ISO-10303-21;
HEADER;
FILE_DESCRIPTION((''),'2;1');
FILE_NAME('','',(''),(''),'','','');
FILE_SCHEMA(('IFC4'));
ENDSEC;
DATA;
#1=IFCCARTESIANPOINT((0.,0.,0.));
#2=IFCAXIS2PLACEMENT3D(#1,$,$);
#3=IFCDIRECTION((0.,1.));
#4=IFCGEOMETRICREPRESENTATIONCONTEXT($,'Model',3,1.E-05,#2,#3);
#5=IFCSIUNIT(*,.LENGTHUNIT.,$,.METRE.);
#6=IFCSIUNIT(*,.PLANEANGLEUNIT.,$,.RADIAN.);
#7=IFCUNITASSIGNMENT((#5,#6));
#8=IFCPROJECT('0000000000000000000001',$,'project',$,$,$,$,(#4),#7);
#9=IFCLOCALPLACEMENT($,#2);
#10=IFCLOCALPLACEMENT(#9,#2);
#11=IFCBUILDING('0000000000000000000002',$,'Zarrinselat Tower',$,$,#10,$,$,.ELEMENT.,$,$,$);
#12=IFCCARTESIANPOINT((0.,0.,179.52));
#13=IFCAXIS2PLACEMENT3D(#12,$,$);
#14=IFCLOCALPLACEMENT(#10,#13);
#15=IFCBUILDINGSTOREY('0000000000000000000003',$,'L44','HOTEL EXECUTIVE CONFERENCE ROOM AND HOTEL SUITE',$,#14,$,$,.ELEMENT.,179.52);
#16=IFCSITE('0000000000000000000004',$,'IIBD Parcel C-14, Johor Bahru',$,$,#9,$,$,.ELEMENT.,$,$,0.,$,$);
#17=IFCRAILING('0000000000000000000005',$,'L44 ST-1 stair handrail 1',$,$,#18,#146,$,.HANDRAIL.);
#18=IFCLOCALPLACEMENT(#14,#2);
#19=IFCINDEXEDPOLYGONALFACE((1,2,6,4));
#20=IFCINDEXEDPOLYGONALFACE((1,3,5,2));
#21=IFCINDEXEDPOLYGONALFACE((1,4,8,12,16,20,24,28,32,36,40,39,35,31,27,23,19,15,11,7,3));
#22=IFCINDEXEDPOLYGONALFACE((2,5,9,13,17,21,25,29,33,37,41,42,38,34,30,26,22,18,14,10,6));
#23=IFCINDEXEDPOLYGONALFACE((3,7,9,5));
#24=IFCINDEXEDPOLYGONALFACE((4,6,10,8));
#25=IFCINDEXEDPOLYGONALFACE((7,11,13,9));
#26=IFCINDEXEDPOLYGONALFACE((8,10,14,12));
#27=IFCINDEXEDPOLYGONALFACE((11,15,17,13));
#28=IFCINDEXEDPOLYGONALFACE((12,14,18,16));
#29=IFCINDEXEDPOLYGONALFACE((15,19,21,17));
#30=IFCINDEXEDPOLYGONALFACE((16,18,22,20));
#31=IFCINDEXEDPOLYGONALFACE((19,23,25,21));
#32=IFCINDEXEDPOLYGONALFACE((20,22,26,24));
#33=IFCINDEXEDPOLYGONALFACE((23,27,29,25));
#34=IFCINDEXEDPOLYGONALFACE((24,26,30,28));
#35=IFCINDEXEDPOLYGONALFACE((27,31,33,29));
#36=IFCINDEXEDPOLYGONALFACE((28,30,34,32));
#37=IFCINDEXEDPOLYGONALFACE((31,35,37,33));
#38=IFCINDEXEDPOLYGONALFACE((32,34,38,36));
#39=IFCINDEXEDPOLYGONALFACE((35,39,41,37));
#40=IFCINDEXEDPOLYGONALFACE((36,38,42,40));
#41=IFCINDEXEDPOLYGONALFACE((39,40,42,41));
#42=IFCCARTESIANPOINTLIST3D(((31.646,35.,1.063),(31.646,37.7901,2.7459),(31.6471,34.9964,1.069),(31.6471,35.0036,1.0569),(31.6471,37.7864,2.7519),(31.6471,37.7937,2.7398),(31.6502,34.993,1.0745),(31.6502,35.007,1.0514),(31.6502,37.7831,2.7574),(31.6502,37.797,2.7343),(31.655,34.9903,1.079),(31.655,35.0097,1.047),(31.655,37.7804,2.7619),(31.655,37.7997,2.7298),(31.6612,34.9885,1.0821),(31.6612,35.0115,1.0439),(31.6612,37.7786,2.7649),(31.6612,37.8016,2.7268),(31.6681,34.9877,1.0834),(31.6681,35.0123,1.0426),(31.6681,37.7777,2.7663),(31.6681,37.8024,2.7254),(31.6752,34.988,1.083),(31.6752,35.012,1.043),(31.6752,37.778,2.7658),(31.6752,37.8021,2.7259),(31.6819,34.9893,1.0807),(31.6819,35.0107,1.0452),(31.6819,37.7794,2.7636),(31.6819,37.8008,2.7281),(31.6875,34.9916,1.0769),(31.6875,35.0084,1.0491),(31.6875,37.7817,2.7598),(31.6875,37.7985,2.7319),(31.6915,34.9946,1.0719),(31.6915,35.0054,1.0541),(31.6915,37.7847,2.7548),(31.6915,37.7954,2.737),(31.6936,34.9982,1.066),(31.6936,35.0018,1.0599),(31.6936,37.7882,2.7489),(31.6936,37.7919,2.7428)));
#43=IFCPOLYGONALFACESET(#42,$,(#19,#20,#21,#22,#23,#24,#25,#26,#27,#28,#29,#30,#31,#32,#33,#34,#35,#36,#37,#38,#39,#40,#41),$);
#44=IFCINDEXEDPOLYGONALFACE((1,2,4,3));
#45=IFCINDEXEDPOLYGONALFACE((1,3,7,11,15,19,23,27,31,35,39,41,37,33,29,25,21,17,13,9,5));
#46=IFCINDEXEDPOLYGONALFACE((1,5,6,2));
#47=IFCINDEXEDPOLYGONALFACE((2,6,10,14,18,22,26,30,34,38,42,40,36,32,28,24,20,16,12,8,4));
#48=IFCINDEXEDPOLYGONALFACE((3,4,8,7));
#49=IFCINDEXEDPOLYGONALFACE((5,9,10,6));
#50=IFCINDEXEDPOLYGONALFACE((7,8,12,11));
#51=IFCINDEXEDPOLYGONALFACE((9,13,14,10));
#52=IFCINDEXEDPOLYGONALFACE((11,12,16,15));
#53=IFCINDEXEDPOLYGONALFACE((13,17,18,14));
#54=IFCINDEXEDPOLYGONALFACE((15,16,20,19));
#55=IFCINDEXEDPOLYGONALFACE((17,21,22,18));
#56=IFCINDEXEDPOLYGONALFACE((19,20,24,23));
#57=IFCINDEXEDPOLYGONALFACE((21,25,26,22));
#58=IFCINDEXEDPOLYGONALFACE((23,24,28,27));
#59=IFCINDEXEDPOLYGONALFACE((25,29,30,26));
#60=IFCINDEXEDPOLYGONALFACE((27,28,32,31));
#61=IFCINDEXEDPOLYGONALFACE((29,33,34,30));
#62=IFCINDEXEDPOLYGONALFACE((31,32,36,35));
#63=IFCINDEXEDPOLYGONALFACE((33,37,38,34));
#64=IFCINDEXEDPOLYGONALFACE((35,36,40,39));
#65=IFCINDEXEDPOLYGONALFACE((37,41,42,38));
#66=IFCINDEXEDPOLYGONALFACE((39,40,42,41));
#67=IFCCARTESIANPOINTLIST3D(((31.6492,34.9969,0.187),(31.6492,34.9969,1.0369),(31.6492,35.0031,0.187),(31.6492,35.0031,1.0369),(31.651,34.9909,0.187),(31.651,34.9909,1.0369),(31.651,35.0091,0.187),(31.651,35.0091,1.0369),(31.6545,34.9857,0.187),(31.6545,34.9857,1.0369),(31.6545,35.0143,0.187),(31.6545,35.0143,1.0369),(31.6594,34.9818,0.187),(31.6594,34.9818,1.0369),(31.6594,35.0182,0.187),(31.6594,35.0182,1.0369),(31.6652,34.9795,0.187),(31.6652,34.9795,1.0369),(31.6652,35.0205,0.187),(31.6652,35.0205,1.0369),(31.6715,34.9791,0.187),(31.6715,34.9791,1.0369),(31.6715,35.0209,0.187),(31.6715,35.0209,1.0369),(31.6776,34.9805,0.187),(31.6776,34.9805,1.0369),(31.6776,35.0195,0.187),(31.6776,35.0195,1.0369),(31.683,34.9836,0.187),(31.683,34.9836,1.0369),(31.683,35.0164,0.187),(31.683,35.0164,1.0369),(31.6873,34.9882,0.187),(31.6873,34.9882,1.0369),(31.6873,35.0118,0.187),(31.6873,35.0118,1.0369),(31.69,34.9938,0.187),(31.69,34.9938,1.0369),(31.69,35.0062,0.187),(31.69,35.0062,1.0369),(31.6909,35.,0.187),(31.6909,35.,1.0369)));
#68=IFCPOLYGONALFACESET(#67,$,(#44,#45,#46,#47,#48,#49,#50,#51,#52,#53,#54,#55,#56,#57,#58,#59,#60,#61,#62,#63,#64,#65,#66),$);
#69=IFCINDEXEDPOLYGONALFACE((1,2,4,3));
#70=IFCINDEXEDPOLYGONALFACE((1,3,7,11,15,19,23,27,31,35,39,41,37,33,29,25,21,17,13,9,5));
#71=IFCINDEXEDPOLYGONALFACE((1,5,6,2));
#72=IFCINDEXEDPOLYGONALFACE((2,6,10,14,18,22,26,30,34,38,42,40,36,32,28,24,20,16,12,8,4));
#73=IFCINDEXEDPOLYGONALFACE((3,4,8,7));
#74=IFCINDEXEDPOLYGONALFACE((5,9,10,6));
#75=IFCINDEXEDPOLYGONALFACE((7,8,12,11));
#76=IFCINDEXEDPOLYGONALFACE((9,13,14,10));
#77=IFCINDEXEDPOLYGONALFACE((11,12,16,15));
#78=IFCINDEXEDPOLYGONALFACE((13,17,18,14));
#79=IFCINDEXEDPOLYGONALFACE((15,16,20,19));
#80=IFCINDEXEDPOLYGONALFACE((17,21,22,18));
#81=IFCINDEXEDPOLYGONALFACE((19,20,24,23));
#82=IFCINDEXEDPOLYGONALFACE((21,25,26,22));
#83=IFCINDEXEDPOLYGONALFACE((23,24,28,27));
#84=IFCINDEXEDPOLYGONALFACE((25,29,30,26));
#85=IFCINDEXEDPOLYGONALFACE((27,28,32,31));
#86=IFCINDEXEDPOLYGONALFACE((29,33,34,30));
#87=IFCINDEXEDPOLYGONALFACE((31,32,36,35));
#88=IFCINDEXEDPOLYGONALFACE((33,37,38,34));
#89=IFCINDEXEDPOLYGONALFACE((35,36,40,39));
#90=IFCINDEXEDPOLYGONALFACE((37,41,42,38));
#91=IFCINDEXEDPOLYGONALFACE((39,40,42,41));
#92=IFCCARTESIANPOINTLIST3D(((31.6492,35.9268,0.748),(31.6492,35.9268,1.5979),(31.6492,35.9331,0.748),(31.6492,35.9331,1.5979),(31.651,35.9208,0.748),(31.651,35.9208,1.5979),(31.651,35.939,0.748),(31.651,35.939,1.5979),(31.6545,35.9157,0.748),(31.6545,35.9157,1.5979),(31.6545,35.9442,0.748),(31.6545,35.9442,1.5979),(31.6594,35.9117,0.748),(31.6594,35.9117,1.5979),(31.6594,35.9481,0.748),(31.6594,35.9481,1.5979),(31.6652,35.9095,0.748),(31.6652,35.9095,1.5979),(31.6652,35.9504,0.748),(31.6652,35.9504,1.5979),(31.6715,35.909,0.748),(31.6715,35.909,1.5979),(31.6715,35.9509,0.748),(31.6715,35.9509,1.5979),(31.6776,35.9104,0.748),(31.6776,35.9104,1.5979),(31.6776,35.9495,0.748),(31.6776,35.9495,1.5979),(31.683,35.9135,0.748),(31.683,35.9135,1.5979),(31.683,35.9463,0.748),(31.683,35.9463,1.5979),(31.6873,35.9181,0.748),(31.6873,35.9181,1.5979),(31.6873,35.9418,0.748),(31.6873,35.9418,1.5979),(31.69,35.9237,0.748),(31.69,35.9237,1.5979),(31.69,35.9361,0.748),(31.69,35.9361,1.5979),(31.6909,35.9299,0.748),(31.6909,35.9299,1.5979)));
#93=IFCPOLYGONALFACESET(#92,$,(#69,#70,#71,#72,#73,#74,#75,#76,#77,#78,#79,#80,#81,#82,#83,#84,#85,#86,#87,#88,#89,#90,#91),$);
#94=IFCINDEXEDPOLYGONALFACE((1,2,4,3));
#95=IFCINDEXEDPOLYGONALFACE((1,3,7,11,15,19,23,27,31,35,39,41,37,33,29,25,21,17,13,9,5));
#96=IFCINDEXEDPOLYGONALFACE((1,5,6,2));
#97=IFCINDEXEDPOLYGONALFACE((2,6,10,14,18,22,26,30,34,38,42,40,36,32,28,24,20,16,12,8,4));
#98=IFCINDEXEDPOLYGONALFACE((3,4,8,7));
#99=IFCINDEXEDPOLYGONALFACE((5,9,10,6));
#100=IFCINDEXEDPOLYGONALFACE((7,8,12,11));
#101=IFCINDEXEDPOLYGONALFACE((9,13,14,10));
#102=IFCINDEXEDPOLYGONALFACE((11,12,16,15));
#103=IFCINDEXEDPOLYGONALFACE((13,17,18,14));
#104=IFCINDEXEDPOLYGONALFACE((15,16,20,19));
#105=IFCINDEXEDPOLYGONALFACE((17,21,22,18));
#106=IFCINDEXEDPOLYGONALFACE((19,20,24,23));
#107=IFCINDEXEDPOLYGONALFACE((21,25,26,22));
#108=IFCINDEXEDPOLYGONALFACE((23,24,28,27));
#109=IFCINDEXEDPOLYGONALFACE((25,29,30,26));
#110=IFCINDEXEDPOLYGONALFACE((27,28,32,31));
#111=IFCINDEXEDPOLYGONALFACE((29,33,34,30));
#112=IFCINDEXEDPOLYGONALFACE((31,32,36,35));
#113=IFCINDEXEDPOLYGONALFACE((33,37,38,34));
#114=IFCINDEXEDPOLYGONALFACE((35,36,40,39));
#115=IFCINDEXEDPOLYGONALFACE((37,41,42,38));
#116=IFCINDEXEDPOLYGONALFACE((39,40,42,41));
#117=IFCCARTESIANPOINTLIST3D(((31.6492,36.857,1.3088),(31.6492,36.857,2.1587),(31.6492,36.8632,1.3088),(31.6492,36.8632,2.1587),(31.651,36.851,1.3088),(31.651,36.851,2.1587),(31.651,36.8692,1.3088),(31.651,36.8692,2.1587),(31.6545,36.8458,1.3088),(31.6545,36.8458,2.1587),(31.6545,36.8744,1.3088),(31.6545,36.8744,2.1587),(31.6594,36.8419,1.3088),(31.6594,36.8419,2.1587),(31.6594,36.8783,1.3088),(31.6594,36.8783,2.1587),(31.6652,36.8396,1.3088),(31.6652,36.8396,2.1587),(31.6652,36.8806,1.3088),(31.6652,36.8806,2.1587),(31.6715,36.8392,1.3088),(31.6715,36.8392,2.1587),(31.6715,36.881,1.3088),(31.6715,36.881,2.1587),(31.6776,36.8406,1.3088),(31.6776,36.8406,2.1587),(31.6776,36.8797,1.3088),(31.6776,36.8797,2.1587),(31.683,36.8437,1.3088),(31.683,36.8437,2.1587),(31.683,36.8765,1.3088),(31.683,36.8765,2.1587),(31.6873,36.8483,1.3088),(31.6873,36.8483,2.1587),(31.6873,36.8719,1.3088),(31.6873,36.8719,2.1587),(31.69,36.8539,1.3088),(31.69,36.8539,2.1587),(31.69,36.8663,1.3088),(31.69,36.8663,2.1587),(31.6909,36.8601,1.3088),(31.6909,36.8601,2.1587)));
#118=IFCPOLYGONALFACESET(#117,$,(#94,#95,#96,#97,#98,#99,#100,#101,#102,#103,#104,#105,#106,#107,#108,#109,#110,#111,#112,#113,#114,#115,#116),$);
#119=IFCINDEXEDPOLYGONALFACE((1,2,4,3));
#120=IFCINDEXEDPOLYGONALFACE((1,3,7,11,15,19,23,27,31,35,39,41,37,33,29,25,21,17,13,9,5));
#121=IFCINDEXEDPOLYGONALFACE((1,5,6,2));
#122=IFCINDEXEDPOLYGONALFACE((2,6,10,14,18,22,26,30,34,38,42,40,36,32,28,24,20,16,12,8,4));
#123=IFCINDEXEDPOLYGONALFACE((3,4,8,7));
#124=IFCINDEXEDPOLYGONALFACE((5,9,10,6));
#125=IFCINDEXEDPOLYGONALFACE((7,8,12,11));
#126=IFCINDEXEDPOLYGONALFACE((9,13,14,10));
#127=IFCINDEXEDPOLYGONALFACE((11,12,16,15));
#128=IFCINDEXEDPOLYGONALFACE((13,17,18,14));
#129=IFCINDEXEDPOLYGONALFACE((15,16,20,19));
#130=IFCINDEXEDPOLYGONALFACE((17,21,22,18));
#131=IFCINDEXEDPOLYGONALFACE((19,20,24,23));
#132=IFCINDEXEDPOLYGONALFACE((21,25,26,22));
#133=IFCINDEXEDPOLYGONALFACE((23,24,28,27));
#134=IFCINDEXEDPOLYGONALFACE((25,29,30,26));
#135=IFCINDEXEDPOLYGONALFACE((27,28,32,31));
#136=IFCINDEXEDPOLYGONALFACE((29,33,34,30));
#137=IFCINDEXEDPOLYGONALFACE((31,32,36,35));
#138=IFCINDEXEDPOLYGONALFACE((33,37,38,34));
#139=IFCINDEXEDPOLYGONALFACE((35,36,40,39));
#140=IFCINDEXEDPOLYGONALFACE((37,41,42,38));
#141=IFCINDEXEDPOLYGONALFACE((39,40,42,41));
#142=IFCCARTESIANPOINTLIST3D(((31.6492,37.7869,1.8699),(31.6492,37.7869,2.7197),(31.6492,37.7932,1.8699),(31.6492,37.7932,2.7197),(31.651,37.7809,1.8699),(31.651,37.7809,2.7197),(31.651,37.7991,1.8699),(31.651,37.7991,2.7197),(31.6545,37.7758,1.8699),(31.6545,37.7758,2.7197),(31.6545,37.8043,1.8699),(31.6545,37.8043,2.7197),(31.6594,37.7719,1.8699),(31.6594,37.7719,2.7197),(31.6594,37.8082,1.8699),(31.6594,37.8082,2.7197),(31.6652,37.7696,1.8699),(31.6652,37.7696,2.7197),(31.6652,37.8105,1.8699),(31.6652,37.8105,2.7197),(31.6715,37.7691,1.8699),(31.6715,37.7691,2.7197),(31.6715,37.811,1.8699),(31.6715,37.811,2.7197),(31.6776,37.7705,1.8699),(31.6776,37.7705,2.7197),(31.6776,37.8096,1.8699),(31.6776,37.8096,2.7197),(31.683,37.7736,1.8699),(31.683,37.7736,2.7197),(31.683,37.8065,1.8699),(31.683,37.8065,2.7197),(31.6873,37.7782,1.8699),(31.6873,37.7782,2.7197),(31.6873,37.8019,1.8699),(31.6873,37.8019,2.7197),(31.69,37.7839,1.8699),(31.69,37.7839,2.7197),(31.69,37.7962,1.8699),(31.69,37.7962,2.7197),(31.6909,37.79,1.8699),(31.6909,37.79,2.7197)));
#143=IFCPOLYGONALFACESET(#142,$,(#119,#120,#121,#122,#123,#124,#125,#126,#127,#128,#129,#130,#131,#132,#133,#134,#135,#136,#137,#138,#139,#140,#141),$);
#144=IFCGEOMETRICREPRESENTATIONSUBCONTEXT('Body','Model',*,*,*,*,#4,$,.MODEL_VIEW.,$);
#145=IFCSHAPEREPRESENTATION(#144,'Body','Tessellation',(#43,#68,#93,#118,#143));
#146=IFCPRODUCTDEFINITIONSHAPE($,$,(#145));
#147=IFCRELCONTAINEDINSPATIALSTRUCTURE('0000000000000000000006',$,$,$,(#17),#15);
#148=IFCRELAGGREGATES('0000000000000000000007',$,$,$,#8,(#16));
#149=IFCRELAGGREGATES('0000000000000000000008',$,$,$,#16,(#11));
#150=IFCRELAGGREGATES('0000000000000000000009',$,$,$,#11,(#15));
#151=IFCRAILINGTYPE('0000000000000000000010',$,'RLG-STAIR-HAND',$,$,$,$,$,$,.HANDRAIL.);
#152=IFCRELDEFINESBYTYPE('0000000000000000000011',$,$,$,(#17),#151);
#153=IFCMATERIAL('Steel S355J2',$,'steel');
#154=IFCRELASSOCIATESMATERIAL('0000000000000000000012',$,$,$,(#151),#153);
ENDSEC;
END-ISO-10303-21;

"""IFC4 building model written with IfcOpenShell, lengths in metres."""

from ifc_helpers import new_model, si_unit, direction, frame, origin, origin_2d, place, context, subcontext, project, spatial, circle, extrude, material, type_object, element, save


model = new_model("IFC4")

# Units and contexts
model_context = context("Model", 3, precision=1e-05, world=origin(), true_north=direction((0.0, 1.0)))
body_context = subcontext(model_context, "Body", "Model", "MODEL_VIEW")
ifc_project = project(units=[si_unit("LENGTHUNIT", "METRE"), si_unit("PLANEANGLEUNIT", "RADIAN")], contexts=[model_context])

# Site, building, storey
site_placement = place(None, origin())
site = spatial("IfcSite", under=ifc_project, at=site_placement, Name="IIBD Parcel C-14, Johor Bahru", CompositionType="ELEMENT", RefElevation=0.0)
building_placement = place(site_placement, origin())
building = spatial("IfcBuilding", under=site, at=building_placement, Name="Zarrinselat Tower", CompositionType="ELEMENT")
storey_placement = place(building_placement, frame((0.0, 0.0, 179.52)))
storey = spatial("IfcBuildingStorey", under=building, at=storey_placement, Name="L44", Description="HOTEL EXECUTIVE CONFERENCE ROOM AND HOTEL SUITE", CompositionType="ELEMENT", Elevation=179.52)

# Railing
ifc_material_1 = material(Name="Steel S355J2", Category="steel")
railing_type_1 = type_object("IfcRailingType", Name="RLG-STAIR-HAND", PredefinedType="HANDRAIL", material=ifc_material_1)
railing_1_placement = place(storey_placement, frame((31.6699, 35.0, 0.187)))
element("IfcRailing", 1, at=railing_1_placement, inside=storey, type_object=railing_type_1, Name="L44 ST-1 stair handrail 1", PredefinedType="HANDRAIL", context=body_context, shape_type="SweptSolid", body=[
    extrude(circle(Radius=0.0239, at=origin_2d()), frame((0.0, 0.0, 0.876), z_axis=(0.0, 0.856294, 0.516489), x_axis=(-1.0, 0.0, 0.0)), (0.0, 0.0, 1.0), 3.2583),
    extrude(circle(Radius=0.021, at=origin_2d()), origin(), (0.0, 0.0, 1.0), 0.8499),
    extrude(circle(Radius=0.021, at=origin_2d()), frame((0.0, 0.9299, 0.561)), (0.0, 0.0, 1.0), 0.8499),
    extrude(circle(Radius=0.021, at=origin_2d()), frame((0.0, 1.8601, 1.1218)), (0.0, 0.0, 1.0), 0.8499),
    extrude(circle(Radius=0.021, at=origin_2d()), frame((0.0, 2.79, 1.6829)), (0.0, 0.0, 1.0), 0.8499),
])

save(model, "model.ifc")
